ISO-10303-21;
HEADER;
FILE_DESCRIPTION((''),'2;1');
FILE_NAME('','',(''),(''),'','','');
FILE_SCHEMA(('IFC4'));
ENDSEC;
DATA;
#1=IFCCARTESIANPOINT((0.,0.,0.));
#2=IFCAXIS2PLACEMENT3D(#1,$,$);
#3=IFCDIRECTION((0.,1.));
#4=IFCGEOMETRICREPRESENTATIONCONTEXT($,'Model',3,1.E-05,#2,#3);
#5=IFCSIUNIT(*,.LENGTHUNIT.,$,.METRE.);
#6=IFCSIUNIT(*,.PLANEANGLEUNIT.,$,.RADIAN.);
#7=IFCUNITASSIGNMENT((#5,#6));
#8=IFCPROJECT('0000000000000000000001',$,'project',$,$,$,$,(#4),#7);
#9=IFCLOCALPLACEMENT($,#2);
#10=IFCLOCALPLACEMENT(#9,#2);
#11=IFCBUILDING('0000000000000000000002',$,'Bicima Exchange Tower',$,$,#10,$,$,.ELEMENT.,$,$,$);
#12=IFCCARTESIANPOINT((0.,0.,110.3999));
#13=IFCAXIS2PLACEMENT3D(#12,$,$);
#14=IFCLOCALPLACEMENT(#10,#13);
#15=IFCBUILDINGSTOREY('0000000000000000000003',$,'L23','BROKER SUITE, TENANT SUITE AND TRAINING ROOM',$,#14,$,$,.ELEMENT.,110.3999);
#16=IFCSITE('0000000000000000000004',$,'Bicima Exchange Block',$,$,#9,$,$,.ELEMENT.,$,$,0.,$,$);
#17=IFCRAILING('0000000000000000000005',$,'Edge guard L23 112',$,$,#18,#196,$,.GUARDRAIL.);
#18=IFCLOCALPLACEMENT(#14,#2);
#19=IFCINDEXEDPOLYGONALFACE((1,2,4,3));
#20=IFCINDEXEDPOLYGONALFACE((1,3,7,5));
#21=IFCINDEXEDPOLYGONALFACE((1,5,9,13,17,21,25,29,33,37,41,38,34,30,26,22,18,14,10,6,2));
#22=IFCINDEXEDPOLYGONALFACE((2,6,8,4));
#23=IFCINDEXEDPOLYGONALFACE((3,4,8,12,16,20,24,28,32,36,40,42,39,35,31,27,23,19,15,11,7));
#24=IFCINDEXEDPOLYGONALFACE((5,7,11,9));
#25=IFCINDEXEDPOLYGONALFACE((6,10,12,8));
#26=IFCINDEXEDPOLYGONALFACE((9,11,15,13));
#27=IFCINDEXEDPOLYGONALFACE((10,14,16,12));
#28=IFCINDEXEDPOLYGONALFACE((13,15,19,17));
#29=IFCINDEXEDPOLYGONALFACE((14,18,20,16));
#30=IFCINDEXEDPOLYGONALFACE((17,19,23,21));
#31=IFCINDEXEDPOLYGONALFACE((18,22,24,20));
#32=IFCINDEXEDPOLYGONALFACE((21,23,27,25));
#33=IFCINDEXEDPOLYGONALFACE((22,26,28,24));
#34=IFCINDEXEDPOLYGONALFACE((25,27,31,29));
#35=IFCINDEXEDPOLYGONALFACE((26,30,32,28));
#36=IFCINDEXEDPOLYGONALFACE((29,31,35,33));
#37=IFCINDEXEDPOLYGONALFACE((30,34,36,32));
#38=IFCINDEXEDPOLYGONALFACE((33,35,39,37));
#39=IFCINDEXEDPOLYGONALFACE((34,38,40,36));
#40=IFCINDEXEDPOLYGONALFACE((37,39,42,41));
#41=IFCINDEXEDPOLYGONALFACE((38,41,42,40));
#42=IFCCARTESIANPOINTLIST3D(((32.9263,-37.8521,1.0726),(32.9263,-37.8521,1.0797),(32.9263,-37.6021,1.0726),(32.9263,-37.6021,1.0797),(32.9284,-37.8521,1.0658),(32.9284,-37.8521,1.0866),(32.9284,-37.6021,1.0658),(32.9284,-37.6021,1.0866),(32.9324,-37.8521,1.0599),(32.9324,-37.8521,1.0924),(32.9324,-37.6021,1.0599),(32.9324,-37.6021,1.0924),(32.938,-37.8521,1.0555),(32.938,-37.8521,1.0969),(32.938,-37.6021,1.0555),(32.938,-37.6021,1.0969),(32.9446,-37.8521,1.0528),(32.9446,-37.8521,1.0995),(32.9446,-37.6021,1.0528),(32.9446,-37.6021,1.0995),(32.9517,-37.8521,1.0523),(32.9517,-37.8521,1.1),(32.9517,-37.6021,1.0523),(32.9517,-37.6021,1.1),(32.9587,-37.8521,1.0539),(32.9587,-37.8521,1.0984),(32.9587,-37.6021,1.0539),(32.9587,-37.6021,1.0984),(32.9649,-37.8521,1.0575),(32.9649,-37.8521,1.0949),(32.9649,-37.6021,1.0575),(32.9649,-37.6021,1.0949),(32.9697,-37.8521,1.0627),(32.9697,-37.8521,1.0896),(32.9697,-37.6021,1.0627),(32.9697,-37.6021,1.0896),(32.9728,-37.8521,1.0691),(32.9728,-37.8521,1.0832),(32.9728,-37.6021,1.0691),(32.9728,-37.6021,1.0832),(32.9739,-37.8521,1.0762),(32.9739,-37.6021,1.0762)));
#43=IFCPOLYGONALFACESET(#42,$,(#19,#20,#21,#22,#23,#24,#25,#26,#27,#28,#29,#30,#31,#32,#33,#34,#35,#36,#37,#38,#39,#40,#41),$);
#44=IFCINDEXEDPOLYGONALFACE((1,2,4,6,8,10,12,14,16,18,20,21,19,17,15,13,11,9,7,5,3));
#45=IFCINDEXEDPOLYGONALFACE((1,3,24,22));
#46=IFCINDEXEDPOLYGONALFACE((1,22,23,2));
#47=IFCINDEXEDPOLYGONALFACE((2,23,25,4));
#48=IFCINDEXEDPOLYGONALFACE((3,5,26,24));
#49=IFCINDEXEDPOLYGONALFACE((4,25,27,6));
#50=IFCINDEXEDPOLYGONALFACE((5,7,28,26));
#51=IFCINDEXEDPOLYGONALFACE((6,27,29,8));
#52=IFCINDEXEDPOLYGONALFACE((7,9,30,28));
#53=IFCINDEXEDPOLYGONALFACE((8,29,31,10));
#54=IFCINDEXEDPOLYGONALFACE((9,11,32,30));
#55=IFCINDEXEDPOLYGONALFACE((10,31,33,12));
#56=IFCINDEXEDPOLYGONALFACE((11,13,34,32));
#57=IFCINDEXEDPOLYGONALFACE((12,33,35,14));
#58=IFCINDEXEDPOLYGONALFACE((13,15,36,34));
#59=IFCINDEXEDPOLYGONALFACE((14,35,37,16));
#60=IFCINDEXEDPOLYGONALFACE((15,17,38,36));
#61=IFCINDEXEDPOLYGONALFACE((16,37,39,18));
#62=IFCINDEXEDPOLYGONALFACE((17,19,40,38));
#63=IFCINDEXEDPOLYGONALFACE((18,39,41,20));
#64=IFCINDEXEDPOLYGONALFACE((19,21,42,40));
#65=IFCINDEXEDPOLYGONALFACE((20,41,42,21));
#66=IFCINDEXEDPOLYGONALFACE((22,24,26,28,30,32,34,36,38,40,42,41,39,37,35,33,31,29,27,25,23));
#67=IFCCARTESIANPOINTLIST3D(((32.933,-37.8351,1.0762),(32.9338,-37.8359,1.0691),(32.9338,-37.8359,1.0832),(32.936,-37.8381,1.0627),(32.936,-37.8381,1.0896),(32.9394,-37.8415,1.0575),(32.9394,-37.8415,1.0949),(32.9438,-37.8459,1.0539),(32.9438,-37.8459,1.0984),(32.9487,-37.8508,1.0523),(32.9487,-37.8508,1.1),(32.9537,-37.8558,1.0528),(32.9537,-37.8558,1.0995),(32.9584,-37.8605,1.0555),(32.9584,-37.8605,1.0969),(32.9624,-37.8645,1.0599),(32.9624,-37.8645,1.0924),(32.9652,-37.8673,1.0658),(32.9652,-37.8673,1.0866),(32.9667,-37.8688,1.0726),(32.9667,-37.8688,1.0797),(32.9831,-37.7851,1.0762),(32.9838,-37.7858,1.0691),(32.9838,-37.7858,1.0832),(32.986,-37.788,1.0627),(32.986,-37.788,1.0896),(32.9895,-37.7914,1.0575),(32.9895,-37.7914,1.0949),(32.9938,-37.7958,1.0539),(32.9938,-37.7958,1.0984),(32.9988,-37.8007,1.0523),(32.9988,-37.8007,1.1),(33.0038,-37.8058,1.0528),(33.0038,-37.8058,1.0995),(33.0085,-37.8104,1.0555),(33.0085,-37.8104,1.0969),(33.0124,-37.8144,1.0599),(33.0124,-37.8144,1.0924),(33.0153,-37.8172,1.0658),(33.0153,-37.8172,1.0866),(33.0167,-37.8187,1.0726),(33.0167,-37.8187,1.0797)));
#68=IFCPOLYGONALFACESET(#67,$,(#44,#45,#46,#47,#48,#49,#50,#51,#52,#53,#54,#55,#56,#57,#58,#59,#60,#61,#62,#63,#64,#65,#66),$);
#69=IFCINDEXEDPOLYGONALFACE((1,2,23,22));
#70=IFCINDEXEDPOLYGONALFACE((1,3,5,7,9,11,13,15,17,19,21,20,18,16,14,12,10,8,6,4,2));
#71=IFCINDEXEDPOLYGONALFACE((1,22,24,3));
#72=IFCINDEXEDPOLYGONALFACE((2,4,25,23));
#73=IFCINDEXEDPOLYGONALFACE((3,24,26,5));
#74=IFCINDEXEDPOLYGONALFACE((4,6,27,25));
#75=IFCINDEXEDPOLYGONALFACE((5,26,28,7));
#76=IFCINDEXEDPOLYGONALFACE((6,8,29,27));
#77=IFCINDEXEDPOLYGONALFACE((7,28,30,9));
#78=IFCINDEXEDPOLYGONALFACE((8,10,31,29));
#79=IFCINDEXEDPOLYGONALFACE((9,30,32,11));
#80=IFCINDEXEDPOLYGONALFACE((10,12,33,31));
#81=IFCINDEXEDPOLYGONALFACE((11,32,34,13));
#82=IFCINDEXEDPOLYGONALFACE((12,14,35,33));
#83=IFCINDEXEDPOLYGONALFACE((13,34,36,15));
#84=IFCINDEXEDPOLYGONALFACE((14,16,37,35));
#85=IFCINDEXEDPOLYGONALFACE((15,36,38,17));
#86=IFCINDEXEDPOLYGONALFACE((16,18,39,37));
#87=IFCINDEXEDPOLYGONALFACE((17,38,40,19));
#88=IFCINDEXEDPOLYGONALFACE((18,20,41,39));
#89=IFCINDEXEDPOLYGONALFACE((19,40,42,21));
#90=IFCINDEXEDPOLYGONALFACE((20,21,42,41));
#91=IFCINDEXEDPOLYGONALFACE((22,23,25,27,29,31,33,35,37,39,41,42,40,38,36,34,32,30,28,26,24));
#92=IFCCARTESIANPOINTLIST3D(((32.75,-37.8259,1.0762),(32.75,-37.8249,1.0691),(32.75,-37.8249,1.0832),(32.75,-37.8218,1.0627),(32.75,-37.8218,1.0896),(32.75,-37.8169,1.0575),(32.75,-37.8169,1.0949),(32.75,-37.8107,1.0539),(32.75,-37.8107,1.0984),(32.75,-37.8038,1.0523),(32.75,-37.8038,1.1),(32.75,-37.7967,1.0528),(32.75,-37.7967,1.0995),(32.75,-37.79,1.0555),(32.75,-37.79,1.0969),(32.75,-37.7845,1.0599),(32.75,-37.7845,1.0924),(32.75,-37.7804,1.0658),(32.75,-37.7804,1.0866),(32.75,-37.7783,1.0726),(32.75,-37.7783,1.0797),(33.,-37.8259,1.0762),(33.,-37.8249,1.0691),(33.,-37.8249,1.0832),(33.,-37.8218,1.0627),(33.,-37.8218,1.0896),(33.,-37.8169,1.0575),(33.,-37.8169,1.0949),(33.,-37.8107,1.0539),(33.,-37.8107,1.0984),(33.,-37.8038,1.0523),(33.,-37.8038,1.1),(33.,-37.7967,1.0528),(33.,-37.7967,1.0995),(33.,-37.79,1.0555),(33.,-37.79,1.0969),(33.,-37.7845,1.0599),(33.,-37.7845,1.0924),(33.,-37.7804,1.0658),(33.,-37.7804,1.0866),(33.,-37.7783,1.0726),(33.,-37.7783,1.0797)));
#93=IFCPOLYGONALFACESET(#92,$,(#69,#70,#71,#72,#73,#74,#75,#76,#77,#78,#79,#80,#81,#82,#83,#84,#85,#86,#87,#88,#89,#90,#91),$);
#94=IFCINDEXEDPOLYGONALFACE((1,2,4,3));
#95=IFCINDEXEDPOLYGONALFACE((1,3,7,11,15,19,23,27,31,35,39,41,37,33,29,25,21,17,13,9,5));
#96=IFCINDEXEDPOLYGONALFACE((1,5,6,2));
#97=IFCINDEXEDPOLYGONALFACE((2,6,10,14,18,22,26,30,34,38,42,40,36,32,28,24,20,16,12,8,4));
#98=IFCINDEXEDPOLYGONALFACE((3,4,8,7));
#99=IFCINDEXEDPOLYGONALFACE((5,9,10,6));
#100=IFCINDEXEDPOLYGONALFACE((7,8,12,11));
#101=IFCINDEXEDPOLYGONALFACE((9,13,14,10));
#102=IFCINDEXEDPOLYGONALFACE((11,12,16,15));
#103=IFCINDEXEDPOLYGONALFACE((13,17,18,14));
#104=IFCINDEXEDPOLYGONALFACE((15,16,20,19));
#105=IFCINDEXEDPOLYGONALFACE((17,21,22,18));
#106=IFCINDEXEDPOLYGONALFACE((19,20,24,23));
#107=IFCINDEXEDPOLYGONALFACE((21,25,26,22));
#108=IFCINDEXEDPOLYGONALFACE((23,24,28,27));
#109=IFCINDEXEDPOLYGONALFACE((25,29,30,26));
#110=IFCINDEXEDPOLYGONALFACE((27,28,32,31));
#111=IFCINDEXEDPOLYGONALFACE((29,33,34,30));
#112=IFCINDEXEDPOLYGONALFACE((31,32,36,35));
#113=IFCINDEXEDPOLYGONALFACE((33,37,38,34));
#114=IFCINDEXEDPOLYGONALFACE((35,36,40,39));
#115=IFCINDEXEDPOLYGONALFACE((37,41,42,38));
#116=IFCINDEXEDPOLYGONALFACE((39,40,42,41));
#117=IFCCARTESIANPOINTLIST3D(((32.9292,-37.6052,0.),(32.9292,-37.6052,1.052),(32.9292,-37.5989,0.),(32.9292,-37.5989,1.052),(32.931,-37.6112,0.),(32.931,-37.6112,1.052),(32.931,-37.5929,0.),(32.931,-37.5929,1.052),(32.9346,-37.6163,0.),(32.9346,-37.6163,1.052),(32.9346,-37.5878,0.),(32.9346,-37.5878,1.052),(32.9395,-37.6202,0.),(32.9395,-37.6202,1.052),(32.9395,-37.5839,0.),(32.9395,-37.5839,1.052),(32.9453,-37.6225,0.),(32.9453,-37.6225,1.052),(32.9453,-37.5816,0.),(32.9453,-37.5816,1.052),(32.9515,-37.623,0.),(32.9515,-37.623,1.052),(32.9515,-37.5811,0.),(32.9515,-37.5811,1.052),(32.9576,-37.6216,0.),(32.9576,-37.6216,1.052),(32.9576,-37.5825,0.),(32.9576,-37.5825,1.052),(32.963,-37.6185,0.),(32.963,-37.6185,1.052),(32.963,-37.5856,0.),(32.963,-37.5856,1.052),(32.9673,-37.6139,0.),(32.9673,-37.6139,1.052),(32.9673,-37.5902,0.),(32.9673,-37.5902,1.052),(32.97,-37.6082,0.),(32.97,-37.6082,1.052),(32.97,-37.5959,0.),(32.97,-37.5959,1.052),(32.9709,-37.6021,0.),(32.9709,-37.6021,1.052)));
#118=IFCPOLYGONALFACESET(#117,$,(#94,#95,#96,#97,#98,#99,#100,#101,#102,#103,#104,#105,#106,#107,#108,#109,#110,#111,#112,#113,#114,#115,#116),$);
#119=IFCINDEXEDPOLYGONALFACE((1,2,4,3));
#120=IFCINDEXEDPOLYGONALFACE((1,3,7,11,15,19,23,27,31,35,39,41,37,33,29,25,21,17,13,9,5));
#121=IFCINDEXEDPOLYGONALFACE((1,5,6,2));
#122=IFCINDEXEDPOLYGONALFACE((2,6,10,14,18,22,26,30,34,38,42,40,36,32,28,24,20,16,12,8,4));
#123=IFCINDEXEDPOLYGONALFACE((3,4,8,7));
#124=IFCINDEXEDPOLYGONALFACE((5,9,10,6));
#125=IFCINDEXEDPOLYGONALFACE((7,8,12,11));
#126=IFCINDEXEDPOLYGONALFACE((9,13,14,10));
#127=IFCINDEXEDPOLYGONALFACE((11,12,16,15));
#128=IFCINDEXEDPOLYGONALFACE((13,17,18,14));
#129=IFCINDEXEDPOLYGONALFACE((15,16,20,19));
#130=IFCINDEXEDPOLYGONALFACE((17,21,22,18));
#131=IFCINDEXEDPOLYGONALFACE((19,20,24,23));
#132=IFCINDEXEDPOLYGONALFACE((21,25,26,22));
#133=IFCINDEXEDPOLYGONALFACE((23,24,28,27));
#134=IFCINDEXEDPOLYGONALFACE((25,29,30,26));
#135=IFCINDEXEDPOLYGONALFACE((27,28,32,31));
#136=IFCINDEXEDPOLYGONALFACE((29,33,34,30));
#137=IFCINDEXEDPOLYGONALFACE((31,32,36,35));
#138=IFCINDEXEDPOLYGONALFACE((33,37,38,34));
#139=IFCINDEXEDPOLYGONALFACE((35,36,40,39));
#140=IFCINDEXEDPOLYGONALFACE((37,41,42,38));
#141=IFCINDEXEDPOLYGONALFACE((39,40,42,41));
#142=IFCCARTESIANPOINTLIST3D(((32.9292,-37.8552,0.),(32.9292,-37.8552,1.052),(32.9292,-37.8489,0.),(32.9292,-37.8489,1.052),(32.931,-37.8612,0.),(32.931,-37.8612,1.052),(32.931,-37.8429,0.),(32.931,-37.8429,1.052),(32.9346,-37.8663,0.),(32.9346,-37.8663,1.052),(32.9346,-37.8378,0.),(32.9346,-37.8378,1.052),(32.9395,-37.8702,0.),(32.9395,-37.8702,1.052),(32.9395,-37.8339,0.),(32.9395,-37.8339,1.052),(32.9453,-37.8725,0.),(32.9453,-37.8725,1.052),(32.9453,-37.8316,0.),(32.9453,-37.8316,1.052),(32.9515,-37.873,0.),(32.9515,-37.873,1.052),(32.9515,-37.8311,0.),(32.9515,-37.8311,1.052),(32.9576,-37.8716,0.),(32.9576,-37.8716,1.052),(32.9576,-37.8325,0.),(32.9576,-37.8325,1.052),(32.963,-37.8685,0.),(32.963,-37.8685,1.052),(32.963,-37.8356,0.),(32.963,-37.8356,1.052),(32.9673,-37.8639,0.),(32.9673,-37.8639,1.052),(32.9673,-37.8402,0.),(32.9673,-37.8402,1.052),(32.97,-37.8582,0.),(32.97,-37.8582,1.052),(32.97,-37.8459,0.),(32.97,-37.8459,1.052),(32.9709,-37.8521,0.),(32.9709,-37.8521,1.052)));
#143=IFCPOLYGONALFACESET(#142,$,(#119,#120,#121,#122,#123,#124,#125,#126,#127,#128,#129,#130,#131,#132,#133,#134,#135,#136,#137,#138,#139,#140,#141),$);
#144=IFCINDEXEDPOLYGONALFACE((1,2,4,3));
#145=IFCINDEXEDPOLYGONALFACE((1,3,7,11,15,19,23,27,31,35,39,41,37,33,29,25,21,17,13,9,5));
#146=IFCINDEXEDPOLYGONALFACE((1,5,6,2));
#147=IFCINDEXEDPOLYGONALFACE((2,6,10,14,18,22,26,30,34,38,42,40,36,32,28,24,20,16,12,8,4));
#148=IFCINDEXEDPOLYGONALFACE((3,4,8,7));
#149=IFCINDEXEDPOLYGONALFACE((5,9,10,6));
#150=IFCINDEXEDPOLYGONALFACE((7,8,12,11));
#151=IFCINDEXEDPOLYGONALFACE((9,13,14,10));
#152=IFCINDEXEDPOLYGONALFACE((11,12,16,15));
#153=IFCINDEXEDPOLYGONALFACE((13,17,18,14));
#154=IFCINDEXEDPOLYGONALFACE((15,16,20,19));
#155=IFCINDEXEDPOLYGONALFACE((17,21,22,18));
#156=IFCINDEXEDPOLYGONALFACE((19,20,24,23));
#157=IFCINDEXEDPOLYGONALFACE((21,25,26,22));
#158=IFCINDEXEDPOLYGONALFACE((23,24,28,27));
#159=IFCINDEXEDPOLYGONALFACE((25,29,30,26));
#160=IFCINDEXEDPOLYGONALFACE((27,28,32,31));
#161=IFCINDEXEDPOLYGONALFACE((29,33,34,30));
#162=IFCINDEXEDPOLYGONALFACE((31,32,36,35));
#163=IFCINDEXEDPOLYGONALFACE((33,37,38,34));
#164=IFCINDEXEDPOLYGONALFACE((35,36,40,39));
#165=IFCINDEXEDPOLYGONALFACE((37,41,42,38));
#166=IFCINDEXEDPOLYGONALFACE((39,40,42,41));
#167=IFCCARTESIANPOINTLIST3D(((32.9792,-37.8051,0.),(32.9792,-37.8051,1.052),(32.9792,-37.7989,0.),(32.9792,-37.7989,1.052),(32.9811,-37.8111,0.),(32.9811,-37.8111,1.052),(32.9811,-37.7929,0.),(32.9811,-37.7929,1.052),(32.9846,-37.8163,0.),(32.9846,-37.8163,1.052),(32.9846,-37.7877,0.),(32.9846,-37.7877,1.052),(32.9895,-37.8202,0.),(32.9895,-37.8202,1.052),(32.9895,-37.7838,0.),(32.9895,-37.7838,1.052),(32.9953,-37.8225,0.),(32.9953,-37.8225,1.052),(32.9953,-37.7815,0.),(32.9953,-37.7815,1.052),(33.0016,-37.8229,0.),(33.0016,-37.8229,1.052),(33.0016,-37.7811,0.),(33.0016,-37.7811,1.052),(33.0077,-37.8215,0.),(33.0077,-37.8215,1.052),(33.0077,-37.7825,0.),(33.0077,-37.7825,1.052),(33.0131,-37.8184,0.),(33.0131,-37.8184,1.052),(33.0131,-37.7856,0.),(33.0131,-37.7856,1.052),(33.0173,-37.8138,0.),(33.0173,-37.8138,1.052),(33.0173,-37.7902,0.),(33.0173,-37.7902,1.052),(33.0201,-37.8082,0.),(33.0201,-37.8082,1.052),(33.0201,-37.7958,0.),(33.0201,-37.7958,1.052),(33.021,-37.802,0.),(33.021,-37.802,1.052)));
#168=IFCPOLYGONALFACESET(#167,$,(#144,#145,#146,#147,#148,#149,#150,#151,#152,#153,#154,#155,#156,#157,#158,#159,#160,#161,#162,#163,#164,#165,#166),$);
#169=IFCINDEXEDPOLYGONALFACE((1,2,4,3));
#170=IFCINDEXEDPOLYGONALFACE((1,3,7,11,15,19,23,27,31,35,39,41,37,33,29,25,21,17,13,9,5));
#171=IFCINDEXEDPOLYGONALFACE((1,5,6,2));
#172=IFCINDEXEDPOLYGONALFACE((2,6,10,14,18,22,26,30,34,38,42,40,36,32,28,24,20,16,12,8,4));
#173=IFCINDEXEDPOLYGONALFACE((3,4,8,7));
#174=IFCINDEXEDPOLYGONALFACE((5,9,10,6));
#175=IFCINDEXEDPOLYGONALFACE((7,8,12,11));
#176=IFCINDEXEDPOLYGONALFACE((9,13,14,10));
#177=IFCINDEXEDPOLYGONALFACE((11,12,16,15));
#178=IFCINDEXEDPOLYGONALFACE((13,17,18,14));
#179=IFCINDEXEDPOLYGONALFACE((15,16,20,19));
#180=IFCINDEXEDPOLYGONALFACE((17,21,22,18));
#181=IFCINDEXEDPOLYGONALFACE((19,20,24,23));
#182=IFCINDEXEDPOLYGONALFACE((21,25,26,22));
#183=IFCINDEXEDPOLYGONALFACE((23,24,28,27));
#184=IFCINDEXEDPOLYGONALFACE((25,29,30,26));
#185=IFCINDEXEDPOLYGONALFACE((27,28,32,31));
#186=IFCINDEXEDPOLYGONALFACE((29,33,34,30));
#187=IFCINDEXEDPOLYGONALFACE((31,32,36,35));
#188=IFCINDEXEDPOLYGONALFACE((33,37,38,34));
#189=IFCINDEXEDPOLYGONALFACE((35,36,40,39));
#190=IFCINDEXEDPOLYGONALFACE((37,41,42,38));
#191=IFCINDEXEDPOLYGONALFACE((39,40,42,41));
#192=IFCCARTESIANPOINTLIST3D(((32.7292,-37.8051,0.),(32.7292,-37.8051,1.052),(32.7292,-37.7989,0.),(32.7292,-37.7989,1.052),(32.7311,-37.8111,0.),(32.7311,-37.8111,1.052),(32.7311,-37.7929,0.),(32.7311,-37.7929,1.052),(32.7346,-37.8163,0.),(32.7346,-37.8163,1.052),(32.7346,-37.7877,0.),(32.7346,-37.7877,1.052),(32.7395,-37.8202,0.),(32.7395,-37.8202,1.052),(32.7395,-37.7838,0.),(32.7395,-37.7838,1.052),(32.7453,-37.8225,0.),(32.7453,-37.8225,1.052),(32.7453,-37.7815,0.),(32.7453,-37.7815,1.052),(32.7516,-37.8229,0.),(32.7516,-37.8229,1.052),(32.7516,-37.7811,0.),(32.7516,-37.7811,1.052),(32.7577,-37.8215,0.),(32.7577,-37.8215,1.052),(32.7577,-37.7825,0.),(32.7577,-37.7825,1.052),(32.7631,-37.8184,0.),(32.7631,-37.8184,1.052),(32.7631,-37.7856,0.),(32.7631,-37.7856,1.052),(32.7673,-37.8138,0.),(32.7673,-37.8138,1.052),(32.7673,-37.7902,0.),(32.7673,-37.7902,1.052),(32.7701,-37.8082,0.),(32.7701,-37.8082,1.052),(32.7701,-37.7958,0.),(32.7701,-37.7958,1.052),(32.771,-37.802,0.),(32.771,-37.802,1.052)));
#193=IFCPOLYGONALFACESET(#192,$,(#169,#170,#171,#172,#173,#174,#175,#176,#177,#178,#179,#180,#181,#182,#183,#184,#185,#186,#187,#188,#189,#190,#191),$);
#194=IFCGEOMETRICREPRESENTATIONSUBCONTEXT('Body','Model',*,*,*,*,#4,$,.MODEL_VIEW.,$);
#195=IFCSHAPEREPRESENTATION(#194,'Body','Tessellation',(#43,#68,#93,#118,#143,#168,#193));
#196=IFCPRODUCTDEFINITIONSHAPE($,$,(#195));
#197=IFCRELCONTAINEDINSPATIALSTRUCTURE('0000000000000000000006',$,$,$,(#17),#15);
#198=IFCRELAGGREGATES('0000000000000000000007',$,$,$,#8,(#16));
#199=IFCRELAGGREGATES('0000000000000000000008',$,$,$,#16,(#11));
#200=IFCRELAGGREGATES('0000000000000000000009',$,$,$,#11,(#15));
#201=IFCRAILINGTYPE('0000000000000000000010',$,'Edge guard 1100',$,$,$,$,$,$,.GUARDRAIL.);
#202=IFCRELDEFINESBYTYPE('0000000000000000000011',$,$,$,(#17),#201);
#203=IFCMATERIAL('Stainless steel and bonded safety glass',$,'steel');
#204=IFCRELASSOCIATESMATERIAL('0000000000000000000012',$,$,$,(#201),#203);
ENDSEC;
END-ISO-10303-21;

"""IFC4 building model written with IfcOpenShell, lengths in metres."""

from ifc_helpers import new_model, si_unit, direction, frame, origin, origin_2d, place, context, subcontext, project, spatial, circle, extrude, material, type_object, element, save


model = new_model("IFC4")

# Units and contexts
model_context = context("Model", 3, precision=1e-05, world=origin(), true_north=direction((0.0, 1.0)))
body_context = subcontext(model_context, "Body", "Model", "MODEL_VIEW")
ifc_project = project(units=[si_unit("LENGTHUNIT", "METRE"), si_unit("PLANEANGLEUNIT", "RADIAN")], contexts=[model_context])

# Site, building, storey
site_placement = place(None, origin())
site = spatial("IfcSite", under=ifc_project, at=site_placement, Name="Bicima Exchange Block", CompositionType="ELEMENT", RefElevation=0.0)
building_placement = place(site_placement, origin())
building = spatial("IfcBuilding", under=site, at=building_placement, Name="Bicima Exchange Tower", CompositionType="ELEMENT")
storey_placement = place(building_placement, frame((0.0, 0.0, 110.3999)))
storey = spatial("IfcBuildingStorey", under=building, at=storey_placement, Name="L23", Description="BROKER SUITE, TENANT SUITE AND TRAINING ROOM", CompositionType="ELEMENT", Elevation=110.3999)

# Railing
ifc_material_1 = material(Name="Stainless steel and bonded safety glass", Category="steel")
railing_type = type_object("IfcRailingType", Name="Edge guard 1100", PredefinedType="GUARDRAIL", material=ifc_material_1)
railing_1_placement = place(storey_placement, frame((32.95, -37.6021, 0.0)))
element("IfcRailing", 1, at=railing_1_placement, inside=storey, type_object=railing_type, Name="Edge guard L23 112", PredefinedType="GUARDRAIL", context=body_context, shape_type="SweptSolid", body=[
    extrude(circle(Radius=0.0239, at=origin_2d()), frame((0.0, 0.0, 1.0762), z_axis=(0.0, -1.0, 0.0), x_axis=(1.0, 0.0, 0.0)), (0.0, 0.0, 1.0), 0.25),
    extrude(circle(Radius=0.0239, at=origin_2d()), frame((0.0, -0.25, 1.0762), z_axis=(0.707107, 0.707107, 0.0), x_axis=(-0.707107, 0.707107, 0.0)), (0.0, 0.0, 1.0), 0.0708),
    extrude(circle(Radius=0.0239, at=origin_2d()), frame((0.05, -0.2, 1.0762), z_axis=(-1.0, 0.0, 0.0), x_axis=(0.0, -1.0, 0.0)), (0.0, 0.0, 1.0), 0.25),
    extrude(circle(Radius=0.021, at=origin_2d()), origin(), (0.0, 0.0, 1.0), 1.052),
    extrude(circle(Radius=0.021, at=origin_2d()), frame((0.0, -0.25, 0.0)), (0.0, 0.0, 1.0), 1.052),
    extrude(circle(Radius=0.021, at=origin_2d()), frame((0.05, -0.2, 0.0)), (0.0, 0.0, 1.0), 1.052),
    extrude(circle(Radius=0.021, at=origin_2d()), frame((-0.2, -0.2, 0.0)), (0.0, 0.0, 1.0), 1.052),
])

save(model, "model.ifc")
